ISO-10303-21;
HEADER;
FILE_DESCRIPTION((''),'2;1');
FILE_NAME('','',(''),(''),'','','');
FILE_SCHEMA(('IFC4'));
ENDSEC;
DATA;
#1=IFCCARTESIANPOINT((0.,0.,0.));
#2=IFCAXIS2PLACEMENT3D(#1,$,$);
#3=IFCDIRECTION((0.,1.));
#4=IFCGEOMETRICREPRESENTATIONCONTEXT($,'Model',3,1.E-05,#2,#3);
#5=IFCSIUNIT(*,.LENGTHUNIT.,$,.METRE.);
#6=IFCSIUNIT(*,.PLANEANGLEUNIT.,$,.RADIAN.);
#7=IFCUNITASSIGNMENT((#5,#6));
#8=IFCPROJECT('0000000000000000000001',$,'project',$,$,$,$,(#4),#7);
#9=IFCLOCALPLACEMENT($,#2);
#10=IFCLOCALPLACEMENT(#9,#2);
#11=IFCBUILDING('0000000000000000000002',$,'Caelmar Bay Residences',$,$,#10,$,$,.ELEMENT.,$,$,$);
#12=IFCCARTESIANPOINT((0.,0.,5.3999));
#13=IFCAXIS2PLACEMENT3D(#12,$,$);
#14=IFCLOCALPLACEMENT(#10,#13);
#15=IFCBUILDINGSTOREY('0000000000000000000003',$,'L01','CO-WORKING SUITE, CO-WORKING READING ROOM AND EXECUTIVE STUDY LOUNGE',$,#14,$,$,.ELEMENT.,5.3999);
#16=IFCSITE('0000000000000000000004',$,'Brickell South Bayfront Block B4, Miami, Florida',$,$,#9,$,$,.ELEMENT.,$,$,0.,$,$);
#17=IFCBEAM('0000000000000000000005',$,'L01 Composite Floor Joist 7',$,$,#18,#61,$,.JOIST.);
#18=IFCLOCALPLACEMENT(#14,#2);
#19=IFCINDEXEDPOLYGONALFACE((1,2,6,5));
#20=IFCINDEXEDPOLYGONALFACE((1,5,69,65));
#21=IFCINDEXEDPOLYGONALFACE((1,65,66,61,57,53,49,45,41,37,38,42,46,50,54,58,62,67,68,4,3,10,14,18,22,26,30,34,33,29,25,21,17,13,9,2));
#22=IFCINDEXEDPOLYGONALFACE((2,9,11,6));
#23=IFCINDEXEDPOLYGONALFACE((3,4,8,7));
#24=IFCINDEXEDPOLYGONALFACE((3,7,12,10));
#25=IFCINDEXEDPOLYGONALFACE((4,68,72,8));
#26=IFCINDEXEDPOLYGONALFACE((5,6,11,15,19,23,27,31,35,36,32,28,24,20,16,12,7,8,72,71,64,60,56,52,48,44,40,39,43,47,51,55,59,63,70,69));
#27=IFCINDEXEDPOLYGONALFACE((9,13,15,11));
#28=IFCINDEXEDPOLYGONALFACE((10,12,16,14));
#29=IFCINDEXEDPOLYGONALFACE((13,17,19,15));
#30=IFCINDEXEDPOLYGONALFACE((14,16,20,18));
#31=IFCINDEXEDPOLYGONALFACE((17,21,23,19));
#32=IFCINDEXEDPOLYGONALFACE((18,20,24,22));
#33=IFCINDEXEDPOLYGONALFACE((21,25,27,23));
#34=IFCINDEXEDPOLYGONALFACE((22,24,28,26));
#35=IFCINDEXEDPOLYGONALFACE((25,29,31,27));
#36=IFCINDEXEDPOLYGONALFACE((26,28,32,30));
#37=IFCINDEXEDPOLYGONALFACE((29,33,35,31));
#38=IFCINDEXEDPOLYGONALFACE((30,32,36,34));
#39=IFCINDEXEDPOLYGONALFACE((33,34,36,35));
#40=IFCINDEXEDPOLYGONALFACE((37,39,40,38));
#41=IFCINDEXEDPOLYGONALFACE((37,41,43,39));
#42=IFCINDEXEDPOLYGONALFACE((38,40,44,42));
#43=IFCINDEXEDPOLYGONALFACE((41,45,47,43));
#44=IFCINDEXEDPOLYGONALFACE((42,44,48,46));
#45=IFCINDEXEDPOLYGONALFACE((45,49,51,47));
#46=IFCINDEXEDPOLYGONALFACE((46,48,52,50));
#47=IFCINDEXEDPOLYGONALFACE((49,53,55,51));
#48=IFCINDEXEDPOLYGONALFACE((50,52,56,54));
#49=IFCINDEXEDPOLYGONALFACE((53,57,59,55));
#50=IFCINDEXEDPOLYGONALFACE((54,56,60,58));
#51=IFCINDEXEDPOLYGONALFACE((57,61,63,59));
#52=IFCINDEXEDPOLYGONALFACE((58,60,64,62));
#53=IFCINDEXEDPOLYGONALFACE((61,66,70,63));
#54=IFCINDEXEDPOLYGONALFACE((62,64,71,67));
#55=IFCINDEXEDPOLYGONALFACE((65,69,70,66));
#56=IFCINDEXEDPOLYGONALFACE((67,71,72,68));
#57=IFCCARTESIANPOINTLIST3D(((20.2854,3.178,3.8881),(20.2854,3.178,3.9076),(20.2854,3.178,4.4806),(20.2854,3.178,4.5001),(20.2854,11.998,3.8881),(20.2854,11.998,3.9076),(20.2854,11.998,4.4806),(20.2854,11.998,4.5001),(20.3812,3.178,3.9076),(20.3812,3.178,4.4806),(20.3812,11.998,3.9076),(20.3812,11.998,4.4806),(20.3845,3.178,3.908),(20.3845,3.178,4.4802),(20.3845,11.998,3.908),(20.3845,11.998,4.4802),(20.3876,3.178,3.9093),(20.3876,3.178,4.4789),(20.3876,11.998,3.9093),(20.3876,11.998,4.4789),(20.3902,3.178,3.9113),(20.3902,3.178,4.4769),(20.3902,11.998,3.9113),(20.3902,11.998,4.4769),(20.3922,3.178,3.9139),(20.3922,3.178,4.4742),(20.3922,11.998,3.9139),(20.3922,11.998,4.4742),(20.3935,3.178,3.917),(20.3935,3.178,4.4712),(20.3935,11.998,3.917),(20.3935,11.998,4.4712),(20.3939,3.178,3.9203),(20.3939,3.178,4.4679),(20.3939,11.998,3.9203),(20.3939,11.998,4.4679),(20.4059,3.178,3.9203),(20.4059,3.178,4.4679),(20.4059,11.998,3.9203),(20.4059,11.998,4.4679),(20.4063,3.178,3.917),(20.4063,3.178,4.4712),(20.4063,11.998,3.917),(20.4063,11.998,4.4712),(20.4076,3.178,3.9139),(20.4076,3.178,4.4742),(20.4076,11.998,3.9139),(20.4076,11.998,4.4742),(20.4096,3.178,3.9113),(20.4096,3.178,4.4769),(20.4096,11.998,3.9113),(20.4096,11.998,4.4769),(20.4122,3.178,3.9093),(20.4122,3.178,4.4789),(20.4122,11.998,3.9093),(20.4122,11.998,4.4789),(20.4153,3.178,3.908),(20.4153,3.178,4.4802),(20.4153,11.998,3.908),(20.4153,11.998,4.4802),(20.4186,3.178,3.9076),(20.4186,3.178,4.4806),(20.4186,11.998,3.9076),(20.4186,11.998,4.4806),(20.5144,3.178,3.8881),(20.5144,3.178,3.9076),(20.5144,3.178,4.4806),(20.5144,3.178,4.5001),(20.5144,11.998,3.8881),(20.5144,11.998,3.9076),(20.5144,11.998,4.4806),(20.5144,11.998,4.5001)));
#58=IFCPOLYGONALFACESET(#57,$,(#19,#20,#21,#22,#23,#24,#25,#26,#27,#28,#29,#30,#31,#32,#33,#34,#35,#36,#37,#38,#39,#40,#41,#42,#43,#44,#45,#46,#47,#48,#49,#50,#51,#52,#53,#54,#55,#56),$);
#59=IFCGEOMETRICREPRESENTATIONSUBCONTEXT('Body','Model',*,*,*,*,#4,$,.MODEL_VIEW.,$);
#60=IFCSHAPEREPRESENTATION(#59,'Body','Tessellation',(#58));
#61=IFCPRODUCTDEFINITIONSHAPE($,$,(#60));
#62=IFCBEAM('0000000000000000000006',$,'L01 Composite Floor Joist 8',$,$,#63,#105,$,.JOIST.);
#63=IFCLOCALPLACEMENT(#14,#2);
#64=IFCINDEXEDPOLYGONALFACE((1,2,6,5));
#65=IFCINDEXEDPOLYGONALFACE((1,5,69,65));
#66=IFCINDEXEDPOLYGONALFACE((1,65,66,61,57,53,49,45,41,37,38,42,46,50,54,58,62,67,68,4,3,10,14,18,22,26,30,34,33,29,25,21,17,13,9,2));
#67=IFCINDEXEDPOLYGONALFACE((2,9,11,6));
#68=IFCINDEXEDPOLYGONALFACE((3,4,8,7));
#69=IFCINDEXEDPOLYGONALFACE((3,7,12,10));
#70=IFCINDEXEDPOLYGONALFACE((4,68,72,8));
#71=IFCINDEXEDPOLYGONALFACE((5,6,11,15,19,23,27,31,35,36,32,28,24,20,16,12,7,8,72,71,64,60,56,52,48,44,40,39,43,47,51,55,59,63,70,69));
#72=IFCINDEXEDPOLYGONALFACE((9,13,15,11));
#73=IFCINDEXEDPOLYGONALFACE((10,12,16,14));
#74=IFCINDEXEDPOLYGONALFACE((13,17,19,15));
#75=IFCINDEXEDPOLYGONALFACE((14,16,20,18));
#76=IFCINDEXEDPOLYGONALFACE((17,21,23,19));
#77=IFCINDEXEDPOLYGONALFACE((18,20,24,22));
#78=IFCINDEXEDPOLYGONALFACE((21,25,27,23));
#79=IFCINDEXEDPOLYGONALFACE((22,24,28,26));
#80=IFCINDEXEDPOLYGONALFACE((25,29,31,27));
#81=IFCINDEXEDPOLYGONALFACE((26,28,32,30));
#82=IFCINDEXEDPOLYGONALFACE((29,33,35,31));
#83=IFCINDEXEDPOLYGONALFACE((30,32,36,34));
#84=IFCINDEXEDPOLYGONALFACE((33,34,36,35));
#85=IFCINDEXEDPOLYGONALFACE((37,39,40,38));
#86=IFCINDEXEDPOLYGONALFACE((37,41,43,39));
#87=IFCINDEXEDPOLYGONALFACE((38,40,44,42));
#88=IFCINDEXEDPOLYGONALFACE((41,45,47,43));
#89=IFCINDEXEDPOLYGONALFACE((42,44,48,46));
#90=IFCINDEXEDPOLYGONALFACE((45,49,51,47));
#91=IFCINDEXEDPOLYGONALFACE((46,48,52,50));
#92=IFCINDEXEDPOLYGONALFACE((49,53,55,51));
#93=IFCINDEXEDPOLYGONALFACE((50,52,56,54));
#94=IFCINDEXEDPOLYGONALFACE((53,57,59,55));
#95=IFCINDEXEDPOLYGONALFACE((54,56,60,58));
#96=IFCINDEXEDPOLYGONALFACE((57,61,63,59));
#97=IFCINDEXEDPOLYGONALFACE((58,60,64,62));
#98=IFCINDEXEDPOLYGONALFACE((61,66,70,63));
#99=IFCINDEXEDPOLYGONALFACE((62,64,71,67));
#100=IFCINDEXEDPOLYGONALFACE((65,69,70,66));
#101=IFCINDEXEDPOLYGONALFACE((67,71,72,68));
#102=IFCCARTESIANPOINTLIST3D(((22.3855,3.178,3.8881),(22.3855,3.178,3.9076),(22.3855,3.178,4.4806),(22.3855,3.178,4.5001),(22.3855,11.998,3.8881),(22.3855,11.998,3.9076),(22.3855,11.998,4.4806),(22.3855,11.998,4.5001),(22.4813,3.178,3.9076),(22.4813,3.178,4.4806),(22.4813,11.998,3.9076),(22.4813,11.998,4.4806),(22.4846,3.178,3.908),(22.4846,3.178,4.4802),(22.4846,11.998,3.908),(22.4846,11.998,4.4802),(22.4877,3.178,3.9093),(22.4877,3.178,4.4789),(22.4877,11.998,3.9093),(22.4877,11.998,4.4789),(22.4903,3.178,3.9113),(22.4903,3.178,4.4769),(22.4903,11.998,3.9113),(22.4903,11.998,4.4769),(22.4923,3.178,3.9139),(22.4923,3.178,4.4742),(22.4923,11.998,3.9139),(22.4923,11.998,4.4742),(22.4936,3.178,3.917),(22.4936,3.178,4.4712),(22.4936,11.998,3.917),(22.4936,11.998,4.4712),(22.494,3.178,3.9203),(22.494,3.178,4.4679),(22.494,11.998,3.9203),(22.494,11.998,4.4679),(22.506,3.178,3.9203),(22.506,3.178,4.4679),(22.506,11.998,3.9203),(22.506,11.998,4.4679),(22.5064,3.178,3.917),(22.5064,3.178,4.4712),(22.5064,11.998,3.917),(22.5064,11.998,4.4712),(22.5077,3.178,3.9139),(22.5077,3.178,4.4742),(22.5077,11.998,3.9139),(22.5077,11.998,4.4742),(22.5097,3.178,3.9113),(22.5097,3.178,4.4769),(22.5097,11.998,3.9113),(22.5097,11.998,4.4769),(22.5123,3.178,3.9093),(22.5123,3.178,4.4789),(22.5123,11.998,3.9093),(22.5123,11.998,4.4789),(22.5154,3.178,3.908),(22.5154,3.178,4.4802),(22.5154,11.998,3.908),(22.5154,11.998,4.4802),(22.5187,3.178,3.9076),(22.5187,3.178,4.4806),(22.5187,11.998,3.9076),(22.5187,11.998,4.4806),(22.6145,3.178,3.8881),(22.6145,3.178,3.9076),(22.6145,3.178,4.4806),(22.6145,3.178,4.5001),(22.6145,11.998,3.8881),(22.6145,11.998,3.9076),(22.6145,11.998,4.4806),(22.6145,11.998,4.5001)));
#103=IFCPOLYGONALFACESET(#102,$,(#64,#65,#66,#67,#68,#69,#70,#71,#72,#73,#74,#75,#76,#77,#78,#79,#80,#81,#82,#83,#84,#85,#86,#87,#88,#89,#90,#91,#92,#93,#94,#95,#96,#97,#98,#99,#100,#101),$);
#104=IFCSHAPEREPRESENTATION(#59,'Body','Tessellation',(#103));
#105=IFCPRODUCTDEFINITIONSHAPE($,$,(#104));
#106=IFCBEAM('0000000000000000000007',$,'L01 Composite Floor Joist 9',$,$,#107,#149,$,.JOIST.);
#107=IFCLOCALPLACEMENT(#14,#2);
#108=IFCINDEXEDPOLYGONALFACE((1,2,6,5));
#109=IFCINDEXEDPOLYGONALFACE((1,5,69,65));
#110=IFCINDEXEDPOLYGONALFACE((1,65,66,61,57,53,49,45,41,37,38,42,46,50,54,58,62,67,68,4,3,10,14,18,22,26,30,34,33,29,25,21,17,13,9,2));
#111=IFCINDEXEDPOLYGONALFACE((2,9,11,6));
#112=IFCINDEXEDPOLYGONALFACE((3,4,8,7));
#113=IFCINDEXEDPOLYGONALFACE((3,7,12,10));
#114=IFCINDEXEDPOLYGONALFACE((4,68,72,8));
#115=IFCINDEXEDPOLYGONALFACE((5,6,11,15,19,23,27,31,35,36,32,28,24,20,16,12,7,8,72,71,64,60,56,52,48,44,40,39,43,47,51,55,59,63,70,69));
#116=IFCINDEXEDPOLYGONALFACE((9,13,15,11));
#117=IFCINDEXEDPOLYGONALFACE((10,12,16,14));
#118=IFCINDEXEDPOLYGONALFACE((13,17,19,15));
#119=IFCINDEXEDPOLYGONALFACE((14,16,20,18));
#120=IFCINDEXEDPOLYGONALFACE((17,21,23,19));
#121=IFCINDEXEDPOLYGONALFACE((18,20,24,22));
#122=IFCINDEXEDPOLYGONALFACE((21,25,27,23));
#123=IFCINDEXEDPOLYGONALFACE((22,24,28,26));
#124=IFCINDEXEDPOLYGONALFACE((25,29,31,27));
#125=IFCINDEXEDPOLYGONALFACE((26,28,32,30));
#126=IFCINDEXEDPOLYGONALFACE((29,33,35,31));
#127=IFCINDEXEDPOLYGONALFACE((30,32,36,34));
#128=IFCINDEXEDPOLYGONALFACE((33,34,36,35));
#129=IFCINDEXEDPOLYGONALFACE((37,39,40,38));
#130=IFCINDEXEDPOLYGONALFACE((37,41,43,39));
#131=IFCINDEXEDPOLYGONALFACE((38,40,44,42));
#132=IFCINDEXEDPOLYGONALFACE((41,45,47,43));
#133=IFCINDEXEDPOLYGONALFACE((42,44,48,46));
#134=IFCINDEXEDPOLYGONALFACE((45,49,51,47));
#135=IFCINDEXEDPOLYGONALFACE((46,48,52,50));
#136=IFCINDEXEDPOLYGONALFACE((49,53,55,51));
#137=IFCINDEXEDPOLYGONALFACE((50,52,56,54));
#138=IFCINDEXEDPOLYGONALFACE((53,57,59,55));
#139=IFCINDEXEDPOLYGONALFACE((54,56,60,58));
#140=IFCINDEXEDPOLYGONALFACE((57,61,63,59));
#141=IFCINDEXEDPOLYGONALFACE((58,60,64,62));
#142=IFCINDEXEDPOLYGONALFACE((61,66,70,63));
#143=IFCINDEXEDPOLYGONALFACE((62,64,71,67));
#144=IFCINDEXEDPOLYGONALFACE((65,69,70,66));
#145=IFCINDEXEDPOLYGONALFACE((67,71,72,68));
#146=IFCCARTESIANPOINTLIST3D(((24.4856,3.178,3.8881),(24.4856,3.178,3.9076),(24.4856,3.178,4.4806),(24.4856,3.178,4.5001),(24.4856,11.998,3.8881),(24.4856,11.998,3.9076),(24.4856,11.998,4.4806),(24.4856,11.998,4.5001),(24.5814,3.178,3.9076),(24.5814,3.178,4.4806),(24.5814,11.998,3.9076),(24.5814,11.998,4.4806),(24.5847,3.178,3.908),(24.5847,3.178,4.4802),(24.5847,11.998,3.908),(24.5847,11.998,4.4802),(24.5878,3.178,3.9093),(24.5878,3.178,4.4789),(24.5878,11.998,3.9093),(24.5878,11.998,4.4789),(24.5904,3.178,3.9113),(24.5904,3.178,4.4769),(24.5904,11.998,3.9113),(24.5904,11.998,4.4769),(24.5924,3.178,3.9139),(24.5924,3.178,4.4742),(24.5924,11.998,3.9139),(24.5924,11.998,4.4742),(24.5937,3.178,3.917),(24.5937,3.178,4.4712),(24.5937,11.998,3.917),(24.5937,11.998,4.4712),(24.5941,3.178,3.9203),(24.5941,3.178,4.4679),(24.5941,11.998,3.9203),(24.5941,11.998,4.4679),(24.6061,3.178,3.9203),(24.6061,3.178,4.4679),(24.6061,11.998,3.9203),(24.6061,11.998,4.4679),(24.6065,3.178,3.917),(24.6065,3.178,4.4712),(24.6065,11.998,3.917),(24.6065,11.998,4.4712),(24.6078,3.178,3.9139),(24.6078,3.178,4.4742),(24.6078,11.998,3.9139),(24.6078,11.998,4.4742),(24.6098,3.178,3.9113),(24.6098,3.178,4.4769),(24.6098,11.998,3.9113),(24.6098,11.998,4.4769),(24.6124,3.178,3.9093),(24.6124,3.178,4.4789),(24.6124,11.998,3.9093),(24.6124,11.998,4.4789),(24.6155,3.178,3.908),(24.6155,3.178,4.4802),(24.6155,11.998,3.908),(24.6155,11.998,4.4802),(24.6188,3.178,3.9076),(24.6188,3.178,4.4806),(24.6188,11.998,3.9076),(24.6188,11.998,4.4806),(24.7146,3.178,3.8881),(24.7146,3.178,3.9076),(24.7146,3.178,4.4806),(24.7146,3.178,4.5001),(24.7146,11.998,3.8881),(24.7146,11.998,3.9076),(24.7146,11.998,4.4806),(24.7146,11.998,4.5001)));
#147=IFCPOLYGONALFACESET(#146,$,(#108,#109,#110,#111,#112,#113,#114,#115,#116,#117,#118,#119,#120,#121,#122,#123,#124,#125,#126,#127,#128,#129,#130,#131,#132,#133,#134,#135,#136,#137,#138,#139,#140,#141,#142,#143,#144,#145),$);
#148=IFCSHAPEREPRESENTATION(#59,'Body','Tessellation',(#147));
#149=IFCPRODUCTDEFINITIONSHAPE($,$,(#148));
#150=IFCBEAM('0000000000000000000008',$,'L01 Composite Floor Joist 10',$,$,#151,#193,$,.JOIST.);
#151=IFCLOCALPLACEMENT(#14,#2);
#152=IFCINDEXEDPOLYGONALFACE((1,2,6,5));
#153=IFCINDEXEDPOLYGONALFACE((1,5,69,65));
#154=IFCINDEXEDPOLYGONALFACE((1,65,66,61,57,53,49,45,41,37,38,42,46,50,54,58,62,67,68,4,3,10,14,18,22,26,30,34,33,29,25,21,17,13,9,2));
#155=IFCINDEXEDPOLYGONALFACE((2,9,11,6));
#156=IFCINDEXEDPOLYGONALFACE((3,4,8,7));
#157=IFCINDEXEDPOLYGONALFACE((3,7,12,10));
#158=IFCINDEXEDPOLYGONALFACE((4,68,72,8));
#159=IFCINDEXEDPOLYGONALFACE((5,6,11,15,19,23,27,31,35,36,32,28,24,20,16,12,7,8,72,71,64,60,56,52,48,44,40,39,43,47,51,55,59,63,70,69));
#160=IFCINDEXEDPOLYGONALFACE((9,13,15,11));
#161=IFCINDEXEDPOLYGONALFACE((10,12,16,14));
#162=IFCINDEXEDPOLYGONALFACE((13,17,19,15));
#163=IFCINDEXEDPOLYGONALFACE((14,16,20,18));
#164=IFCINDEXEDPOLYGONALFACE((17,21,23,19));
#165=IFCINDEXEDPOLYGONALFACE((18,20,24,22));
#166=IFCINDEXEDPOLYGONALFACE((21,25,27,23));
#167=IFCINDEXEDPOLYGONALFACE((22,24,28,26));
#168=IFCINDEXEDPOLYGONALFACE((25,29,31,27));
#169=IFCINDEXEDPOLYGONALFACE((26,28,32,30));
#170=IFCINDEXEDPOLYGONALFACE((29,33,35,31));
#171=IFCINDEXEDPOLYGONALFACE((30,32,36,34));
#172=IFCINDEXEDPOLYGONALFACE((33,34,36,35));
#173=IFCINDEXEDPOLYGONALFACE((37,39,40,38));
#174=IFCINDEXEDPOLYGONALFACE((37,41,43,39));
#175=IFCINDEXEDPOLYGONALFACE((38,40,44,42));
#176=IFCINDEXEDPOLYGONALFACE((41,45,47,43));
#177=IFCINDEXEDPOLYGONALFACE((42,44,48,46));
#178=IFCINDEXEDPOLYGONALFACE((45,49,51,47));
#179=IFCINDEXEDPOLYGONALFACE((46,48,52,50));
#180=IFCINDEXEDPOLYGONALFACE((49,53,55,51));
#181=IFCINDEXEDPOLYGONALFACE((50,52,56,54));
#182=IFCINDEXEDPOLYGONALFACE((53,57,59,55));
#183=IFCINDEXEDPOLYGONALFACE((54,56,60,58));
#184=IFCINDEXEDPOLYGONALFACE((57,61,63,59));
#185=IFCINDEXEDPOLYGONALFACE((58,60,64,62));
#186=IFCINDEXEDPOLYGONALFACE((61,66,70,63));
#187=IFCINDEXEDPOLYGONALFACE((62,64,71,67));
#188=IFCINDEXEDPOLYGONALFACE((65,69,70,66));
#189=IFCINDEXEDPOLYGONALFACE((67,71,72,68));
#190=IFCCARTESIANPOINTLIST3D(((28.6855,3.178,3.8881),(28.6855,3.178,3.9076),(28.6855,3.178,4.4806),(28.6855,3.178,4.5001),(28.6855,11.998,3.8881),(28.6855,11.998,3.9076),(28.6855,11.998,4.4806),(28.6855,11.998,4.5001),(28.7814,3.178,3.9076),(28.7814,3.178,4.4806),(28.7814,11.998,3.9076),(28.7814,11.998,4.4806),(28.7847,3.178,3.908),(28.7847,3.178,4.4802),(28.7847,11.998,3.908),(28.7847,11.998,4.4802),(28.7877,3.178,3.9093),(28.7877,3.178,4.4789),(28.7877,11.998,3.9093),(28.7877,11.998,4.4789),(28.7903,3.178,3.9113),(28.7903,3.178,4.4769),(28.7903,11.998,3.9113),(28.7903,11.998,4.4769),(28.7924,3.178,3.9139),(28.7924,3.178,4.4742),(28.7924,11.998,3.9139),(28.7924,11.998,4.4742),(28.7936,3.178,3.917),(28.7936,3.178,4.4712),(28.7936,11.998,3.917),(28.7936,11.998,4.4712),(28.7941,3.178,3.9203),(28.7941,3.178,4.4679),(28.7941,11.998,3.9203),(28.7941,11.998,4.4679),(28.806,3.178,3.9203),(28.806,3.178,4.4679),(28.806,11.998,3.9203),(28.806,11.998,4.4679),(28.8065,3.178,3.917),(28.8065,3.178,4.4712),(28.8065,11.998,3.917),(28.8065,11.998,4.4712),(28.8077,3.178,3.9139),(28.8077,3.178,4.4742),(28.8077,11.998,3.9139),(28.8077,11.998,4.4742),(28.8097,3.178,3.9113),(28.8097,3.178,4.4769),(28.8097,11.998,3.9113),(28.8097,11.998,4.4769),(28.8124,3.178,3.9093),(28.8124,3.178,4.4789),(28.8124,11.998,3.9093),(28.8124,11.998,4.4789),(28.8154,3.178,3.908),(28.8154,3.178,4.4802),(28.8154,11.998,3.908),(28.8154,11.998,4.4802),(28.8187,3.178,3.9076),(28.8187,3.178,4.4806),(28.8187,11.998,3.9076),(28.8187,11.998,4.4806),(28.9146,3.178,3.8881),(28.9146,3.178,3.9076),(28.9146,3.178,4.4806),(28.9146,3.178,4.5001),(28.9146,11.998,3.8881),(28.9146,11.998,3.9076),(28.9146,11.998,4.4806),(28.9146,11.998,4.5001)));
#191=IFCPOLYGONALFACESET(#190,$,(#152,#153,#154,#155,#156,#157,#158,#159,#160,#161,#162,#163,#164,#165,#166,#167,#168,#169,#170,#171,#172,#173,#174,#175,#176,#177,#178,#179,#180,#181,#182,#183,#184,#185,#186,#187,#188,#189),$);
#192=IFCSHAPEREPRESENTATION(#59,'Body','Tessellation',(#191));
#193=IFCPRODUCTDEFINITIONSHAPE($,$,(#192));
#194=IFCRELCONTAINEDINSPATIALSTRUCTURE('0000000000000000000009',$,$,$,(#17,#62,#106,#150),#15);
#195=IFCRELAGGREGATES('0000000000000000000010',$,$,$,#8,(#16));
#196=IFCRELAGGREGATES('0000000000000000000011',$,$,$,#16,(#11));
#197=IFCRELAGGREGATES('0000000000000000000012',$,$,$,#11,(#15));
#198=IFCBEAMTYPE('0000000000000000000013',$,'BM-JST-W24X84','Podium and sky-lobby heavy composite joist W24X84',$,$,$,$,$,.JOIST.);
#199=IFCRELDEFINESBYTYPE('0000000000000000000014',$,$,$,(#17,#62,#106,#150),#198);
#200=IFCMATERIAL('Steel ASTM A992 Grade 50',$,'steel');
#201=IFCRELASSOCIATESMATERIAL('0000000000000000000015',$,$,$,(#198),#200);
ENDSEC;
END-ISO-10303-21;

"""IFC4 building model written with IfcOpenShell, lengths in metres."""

from ifc_helpers import new_model, si_unit, direction, frame, origin, origin_2d, place, context, subcontext, project, spatial, i_section, extrude, material, material_profile, profile_set, type_object, element, save


model = new_model("IFC4")

# Units and contexts
model_context = context("Model", 3, precision=1e-05, world=origin(), true_north=direction((0.0, 1.0)))
body_context = subcontext(model_context, "Body", "Model", "MODEL_VIEW")
ifc_project = project(units=[si_unit("LENGTHUNIT", "METRE"), si_unit("PLANEANGLEUNIT", "RADIAN")], contexts=[model_context])

# Site, building, storey
site_placement = place(None, origin())
site = spatial("IfcSite", under=ifc_project, at=site_placement, Name="Brickell South Bayfront Block B4, Miami, Florida", CompositionType="ELEMENT", RefElevation=0.0)
building_placement = place(site_placement, origin())
building = spatial("IfcBuilding", under=site, at=building_placement, Name="Caelmar Bay Residences", CompositionType="ELEMENT")
storey_placement = place(building_placement, frame((0.0, 0.0, 5.3999)))
storey = spatial("IfcBuildingStorey", under=building, at=storey_placement, Name="L01", Description="CO-WORKING SUITE, CO-WORKING READING ROOM AND EXECUTIVE STUDY LOUNGE", CompositionType="ELEMENT", Elevation=5.3999)

# Beams
ifc_material_1 = material(Name="Steel ASTM A992 Grade 50", Category="steel")
ifc_material_profile_1 = material_profile(ifc_material_1, i_section(OverallWidth=0.229, OverallDepth=0.6121, WebThickness=0.012, FlangeThickness=0.0195, FilletRadius=0.0127, at=origin_2d()), Name="W24X84")
ifc_profile_set_1 = profile_set([ifc_material_profile_1], Name="Steel ASTM A992 Grade 50")
beam_type_1 = type_object("IfcBeamType", Name="BM-JST-W24X84", Description="Podium and sky-lobby heavy composite joist W24X84", PredefinedType="JOIST", material=ifc_profile_set_1)
for number, where, z_axis, x_axis, name in (
    (1, (20.3999, 3.178, 4.1941), (0.0, 1.0, 0.0), (-1.0, 0.0, 0.0), "L01 Composite Floor Joist 7"),
    (2, (22.5, 3.178, 4.1941), (0.0, 1.0, 0.0), (-1.0, 0.0, 0.0), "L01 Composite Floor Joist 8"),
    (3, (24.6001, 3.178, 4.1941), (0.0, 1.0, 0.0), (-1.0, 0.0, 0.0), "L01 Composite Floor Joist 9"),
    (4, (28.8, 3.178, 4.1941), (0.0, 1.0, 0.0), (-1.0, 0.0, 0.0), "L01 Composite Floor Joist 10"),
):
    element("IfcBeam", number, at=place(storey_placement, frame(where, z_axis=z_axis, x_axis=x_axis)), inside=storey, type_object=beam_type_1, Name=name, PredefinedType="JOIST", context=body_context, shape_type="SweptSolid", body=[
        extrude(i_section(OverallWidth=0.229, OverallDepth=0.6121, WebThickness=0.012, FlangeThickness=0.0195, FilletRadius=0.0127, at=origin_2d()), origin(), (0.0, 0.0, 1.0), 8.8201),
    ])

save(model, "model.ifc")
